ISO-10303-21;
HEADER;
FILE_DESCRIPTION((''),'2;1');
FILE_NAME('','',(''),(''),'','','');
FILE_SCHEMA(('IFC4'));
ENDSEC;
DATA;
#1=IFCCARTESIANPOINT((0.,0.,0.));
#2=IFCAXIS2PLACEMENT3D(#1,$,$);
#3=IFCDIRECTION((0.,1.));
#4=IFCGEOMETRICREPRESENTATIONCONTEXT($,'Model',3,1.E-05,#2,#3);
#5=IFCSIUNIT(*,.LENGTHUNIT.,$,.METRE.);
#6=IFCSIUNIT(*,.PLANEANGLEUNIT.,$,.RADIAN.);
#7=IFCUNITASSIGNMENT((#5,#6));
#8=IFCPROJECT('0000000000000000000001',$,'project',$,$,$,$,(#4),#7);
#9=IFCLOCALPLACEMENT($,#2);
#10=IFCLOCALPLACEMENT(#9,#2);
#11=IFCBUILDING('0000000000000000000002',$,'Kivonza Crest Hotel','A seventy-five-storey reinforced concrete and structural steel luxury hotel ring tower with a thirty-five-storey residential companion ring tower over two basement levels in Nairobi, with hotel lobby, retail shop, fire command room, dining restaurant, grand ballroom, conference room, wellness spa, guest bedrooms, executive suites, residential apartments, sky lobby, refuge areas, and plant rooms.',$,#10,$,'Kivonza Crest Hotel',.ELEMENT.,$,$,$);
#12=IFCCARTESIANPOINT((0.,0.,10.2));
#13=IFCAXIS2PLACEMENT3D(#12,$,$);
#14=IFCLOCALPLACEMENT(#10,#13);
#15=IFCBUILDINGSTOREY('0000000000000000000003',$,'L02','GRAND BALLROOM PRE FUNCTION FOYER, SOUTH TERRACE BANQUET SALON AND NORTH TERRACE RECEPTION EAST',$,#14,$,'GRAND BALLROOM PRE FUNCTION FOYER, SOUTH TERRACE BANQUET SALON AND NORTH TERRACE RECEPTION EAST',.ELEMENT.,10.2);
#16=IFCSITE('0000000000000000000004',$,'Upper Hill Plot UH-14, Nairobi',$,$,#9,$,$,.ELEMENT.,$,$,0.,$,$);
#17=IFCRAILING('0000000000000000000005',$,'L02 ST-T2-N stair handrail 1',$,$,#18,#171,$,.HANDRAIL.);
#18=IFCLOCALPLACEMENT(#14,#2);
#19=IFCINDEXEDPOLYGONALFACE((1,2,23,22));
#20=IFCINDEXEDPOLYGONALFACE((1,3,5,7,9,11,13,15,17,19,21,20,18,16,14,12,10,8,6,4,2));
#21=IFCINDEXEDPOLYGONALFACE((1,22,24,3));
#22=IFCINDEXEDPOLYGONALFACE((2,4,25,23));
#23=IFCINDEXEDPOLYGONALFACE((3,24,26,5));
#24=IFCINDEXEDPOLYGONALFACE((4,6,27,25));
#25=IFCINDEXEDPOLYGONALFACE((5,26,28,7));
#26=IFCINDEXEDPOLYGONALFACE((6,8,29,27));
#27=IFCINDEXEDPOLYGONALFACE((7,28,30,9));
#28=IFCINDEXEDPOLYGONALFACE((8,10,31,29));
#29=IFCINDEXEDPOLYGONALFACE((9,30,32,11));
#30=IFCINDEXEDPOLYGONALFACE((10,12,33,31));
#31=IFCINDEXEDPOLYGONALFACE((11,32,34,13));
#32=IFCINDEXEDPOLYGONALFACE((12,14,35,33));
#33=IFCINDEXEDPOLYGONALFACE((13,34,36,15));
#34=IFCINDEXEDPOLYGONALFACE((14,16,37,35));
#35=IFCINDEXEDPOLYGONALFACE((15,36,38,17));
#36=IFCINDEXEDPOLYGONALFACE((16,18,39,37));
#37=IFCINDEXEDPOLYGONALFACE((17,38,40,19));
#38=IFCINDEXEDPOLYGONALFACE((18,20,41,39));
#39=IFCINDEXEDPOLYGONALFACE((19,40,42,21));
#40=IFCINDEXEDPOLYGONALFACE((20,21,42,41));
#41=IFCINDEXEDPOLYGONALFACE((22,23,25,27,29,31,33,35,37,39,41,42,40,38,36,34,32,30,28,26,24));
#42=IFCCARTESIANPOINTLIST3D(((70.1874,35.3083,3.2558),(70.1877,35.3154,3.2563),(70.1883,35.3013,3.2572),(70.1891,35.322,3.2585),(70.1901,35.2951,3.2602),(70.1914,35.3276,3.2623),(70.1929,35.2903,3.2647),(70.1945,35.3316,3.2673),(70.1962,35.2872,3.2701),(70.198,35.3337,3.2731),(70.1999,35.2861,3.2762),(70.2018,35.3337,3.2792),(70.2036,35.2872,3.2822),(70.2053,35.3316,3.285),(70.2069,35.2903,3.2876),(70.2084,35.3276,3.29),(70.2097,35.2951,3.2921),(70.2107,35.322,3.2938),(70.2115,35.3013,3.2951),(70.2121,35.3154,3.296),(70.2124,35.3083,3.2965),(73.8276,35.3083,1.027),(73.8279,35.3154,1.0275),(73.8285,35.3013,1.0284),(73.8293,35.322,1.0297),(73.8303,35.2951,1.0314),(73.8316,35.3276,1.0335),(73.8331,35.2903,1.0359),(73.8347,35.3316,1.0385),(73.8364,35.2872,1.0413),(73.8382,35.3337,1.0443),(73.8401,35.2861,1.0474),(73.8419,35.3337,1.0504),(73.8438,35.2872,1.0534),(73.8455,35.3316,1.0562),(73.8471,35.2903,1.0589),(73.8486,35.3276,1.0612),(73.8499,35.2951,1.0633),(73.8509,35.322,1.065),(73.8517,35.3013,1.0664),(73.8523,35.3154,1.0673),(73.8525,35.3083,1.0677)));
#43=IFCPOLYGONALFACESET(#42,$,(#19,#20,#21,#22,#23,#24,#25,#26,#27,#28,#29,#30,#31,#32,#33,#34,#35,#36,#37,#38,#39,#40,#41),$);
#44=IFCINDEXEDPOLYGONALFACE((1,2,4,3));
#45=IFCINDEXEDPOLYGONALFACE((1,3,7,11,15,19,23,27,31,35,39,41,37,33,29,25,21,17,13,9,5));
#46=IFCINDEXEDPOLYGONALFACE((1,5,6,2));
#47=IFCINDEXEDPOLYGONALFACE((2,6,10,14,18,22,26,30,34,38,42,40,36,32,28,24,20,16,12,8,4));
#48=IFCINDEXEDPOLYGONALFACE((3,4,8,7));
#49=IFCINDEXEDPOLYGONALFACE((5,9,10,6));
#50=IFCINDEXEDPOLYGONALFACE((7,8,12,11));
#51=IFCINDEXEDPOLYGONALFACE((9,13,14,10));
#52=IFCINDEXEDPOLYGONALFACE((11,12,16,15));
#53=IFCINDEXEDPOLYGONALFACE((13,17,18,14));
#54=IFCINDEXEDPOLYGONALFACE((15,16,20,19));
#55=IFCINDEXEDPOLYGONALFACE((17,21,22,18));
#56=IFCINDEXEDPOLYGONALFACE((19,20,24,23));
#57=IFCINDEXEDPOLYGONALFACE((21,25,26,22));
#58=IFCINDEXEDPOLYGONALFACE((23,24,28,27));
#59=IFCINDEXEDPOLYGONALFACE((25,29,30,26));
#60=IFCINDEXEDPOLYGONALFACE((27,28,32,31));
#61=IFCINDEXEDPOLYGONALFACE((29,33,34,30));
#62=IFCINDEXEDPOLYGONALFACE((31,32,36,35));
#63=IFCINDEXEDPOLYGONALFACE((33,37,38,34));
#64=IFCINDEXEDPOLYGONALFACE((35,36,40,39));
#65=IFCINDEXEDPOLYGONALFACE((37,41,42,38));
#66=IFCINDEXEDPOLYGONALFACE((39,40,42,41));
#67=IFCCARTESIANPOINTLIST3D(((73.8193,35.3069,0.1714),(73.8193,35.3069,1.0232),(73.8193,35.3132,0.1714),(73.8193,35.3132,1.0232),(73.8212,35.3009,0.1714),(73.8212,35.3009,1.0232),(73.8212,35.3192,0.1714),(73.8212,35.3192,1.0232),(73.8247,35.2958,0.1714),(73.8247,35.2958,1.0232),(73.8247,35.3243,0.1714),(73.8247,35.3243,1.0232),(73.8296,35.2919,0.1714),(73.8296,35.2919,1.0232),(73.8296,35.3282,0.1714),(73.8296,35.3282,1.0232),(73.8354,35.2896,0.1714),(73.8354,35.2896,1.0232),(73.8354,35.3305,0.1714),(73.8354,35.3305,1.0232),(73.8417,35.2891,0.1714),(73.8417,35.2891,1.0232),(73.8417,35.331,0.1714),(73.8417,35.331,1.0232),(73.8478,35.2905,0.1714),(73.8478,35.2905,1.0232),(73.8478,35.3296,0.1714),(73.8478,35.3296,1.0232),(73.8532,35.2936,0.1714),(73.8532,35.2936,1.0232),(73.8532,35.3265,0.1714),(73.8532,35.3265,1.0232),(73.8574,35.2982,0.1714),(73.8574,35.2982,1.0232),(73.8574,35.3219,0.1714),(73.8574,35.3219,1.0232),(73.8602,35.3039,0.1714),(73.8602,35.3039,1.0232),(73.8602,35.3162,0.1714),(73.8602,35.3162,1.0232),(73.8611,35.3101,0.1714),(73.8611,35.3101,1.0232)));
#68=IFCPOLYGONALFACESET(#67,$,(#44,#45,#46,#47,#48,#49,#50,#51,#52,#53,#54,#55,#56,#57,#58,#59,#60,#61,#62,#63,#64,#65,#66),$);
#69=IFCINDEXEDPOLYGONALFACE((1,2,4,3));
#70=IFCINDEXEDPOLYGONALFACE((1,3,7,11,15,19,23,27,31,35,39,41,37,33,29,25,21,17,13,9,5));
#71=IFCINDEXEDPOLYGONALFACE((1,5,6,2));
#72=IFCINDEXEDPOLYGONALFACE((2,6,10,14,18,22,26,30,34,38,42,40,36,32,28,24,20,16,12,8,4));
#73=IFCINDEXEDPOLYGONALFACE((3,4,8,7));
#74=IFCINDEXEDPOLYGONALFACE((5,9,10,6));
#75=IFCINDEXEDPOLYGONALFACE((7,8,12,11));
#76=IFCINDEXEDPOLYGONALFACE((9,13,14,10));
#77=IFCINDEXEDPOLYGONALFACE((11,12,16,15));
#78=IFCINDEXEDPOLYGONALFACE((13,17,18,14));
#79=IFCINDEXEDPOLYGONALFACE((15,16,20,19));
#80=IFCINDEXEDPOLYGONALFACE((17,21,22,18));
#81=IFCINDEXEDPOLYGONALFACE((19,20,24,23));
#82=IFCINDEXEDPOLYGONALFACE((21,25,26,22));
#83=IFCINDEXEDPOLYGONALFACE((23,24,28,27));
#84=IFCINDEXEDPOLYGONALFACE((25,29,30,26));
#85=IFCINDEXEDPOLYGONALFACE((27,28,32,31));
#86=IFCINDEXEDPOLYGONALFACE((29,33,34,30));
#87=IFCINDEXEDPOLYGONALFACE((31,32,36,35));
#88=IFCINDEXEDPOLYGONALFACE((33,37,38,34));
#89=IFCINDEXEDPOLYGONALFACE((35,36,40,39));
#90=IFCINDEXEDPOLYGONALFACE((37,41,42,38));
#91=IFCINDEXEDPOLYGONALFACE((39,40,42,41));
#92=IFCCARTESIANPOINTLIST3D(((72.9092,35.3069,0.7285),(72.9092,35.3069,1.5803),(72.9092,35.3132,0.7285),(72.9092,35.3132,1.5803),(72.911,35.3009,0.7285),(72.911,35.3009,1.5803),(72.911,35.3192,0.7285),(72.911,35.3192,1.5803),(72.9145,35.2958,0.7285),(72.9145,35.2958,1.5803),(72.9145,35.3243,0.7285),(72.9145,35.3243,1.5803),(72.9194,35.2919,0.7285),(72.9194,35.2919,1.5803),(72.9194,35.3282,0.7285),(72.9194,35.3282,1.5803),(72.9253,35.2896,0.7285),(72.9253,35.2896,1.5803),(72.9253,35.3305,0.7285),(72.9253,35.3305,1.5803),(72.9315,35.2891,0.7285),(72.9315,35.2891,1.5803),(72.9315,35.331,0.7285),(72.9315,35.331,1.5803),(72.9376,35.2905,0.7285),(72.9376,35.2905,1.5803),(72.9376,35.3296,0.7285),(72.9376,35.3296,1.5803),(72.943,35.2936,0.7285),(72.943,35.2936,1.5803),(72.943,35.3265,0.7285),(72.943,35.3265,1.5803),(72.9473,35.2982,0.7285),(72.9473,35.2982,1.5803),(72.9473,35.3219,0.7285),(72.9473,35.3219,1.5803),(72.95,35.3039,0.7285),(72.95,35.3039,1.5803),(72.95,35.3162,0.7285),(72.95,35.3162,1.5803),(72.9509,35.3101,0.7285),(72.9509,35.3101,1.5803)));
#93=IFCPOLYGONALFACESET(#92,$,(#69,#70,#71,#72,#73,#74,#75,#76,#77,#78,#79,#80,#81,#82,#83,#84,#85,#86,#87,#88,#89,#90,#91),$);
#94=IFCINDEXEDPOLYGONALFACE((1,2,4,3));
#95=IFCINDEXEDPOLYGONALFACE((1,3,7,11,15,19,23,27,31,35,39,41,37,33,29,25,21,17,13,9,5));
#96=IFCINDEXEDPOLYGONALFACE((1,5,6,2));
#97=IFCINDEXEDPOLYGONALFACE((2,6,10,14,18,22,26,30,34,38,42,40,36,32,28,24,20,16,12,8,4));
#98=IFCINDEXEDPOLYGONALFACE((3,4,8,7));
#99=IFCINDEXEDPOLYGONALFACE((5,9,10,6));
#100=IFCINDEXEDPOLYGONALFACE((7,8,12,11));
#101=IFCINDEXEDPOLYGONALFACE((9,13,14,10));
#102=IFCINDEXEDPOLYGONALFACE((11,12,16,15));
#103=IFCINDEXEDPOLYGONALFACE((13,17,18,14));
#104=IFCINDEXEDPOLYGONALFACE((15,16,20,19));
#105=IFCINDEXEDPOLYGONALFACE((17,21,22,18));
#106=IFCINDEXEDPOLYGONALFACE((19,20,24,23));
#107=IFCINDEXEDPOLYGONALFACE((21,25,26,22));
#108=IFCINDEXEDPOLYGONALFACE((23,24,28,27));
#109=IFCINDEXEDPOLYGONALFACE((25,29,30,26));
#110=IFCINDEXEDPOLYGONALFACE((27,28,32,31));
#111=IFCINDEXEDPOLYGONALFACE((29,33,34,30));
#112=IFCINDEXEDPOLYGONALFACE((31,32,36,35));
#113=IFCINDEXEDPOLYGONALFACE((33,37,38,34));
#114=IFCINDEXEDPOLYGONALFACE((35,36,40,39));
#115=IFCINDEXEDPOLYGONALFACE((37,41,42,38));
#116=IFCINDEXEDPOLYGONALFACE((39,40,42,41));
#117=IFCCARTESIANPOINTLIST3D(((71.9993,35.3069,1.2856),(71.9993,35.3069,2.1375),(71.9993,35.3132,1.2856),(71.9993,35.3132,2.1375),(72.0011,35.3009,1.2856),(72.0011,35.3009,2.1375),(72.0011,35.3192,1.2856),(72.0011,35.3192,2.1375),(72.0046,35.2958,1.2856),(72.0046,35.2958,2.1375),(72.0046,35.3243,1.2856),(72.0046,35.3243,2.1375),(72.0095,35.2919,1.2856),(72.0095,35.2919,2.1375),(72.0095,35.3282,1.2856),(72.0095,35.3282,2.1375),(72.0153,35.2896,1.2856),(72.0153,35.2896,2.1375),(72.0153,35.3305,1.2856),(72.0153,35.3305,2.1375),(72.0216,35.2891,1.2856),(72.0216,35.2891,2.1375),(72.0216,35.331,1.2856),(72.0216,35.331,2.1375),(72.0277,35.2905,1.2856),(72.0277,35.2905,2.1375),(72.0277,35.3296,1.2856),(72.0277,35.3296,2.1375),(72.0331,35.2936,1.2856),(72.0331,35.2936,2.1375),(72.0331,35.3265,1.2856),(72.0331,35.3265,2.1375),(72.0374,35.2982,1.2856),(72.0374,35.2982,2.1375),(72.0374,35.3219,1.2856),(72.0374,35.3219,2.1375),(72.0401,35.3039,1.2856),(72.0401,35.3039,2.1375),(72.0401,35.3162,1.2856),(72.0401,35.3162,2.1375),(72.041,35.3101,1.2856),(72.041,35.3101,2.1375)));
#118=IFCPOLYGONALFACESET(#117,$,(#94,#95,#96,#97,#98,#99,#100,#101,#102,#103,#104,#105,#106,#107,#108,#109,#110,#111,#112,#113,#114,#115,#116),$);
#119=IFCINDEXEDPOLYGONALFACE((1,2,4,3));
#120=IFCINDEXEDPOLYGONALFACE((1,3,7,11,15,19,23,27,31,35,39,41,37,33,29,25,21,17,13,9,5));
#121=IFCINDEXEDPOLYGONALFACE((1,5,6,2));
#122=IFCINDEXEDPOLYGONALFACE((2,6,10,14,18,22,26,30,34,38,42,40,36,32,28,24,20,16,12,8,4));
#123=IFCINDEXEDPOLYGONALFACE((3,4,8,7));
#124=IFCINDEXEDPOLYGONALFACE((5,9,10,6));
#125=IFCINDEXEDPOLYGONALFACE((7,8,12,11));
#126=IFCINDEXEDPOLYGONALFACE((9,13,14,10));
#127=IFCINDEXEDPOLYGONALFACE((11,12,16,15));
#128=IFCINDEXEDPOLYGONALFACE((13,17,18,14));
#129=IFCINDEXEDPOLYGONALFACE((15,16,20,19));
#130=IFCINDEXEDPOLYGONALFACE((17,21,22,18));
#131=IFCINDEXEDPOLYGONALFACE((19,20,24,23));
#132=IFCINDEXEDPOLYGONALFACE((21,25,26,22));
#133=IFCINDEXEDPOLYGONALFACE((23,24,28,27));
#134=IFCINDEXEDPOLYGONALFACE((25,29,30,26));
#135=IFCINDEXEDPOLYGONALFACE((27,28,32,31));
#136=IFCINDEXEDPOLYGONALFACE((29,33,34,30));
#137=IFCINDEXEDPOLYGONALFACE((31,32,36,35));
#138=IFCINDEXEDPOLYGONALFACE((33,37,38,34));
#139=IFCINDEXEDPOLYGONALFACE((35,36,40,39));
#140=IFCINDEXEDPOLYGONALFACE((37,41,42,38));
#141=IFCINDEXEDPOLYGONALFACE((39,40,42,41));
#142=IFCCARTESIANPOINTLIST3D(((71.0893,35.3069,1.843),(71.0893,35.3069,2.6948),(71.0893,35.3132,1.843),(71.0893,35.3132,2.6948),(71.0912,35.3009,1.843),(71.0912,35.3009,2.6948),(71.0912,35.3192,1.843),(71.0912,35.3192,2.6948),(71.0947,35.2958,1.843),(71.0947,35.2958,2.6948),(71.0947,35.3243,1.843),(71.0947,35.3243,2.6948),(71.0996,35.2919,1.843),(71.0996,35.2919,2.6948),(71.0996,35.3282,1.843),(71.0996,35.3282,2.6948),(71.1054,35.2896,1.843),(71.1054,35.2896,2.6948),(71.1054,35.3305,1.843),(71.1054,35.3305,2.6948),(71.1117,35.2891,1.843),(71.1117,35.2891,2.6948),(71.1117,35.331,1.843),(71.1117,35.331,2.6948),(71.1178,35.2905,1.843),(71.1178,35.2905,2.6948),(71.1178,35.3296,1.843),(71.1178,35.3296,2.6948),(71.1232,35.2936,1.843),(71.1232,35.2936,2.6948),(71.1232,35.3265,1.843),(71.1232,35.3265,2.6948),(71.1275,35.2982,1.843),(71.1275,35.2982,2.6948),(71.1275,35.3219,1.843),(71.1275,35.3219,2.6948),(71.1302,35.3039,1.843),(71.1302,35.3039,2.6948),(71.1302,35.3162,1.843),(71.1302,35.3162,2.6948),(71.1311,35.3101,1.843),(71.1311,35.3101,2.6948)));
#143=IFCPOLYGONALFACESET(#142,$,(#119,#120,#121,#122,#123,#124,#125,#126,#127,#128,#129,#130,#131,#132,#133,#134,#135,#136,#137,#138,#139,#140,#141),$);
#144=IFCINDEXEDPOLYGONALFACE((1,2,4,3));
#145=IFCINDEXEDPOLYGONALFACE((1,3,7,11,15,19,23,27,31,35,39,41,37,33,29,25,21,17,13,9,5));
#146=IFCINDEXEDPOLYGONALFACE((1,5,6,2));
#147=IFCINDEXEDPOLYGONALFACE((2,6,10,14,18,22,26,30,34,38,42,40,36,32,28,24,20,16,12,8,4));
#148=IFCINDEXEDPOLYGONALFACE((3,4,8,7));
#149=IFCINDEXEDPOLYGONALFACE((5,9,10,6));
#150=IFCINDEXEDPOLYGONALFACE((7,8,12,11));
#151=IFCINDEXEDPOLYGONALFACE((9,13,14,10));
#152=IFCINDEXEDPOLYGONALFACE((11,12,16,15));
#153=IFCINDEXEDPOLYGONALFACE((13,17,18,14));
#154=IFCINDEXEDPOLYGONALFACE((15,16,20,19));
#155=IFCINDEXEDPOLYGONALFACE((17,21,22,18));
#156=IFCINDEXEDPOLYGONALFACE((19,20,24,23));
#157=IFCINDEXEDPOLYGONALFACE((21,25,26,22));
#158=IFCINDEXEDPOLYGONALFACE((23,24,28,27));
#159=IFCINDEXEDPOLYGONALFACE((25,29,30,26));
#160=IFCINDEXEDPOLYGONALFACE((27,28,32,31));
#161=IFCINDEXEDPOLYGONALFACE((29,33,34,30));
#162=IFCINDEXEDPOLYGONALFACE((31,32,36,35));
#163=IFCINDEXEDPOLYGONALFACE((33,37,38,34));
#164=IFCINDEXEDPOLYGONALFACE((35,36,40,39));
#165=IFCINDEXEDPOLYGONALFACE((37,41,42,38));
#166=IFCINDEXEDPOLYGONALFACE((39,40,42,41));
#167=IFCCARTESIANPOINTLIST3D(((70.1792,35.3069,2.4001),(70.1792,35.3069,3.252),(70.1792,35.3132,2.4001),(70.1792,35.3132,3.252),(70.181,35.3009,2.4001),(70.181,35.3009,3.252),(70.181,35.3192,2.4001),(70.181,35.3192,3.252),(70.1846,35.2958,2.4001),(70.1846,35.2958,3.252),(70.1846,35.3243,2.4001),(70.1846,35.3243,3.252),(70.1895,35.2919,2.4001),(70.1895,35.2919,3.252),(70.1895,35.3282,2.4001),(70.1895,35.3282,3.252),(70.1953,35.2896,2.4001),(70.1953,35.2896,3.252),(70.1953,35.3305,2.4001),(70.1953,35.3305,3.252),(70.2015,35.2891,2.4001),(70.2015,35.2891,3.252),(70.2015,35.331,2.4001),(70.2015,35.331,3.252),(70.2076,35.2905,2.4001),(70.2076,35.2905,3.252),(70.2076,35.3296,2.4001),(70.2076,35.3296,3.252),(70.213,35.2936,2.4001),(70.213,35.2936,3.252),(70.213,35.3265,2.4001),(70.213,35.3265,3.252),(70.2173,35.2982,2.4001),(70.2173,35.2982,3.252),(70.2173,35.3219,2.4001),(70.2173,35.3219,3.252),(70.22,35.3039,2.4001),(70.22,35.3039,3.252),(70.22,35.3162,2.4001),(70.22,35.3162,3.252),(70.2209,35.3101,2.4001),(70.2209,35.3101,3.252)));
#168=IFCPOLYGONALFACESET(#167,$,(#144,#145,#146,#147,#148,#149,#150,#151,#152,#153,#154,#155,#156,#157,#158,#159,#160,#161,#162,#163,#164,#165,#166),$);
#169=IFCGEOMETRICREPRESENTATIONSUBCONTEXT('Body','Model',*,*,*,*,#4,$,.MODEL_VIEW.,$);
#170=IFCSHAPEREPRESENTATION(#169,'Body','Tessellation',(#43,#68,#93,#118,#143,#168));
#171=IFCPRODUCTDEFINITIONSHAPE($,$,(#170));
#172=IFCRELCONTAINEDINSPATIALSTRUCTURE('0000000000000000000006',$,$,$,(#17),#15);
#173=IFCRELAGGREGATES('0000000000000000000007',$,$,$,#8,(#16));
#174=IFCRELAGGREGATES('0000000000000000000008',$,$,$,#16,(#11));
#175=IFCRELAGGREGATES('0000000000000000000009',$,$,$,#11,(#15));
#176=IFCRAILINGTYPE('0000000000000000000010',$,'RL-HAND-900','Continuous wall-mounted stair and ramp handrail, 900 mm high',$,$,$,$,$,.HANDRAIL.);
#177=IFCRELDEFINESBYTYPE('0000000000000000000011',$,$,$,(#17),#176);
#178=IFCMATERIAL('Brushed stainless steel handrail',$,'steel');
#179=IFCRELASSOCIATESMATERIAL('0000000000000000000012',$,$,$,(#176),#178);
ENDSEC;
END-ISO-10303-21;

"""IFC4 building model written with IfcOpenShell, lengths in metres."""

from ifc_helpers import new_model, si_unit, direction, frame, origin, origin_2d, place, context, subcontext, project, spatial, circle, extrude, material, type_object, element, save


model = new_model("IFC4")

# Units and contexts
model_context = context("Model", 3, precision=1e-05, world=origin(), true_north=direction((0.0, 1.0)))
body_context = subcontext(model_context, "Body", "Model", "MODEL_VIEW")
ifc_project = project(units=[si_unit("LENGTHUNIT", "METRE"), si_unit("PLANEANGLEUNIT", "RADIAN")], contexts=[model_context])

# Site, building, storey
site_placement = place(None, origin())
site = spatial("IfcSite", under=ifc_project, at=site_placement, Name="Upper Hill Plot UH-14, Nairobi", CompositionType="ELEMENT", RefElevation=0.0)
building_placement = place(site_placement, origin())
building = spatial("IfcBuilding", under=site, at=building_placement, Name="Kivonza Crest Hotel", Description="A seventy-five-storey reinforced concrete and structural steel luxury hotel ring tower with a thirty-five-storey residential companion ring tower over two basement levels in Nairobi, with hotel lobby, retail shop, fire command room, dining restaurant, grand ballroom, conference room, wellness spa, guest bedrooms, executive suites, residential apartments, sky lobby, refuge areas, and plant rooms.", LongName="Kivonza Crest Hotel", CompositionType="ELEMENT")
storey_placement = place(building_placement, frame((0.0, 0.0, 10.2)))
storey = spatial("IfcBuildingStorey", under=building, at=storey_placement, Name="L02", Description="GRAND BALLROOM PRE FUNCTION FOYER, SOUTH TERRACE BANQUET SALON AND NORTH TERRACE RECEPTION EAST", LongName="GRAND BALLROOM PRE FUNCTION FOYER, SOUTH TERRACE BANQUET SALON AND NORTH TERRACE RECEPTION EAST", CompositionType="ELEMENT", Elevation=10.2)

# Railing
ifc_material_1 = material(Name="Brushed stainless steel handrail", Category="steel")
railing_type_1 = type_object("IfcRailingType", Name="RL-HAND-900", Description="Continuous wall-mounted stair and ramp handrail, 900 mm high", PredefinedType="HANDRAIL", material=ifc_material_1)
railing_1_placement = place(storey_placement, frame((73.8401, 35.3101, 0.1714)))
element("IfcRailing", 1, at=railing_1_placement, inside=storey, type_object=railing_type_1, Name="L02 ST-T2-N stair handrail 1", PredefinedType="HANDRAIL", context=body_context, shape_type="SweptSolid", body=[
    extrude(circle(Radius=0.0239, at=origin_2d()), frame((0.0, 0.0, 0.876), z_axis=(-0.85284, 0.0, 0.522172), x_axis=(0.0, -1.0, 0.0)), (0.0, 0.0, 1.0), 4.2683),
    extrude(circle(Radius=0.021, at=origin_2d()), origin(), (0.0, 0.0, 1.0), 0.8518),
    extrude(circle(Radius=0.021, at=origin_2d()), frame((-0.9102, 0.0, 0.5571)), (0.0, 0.0, 1.0), 0.8518),
    extrude(circle(Radius=0.021, at=origin_2d()), frame((-1.8201, 0.0, 1.1143)), (0.0, 0.0, 1.0), 0.8518),
    extrude(circle(Radius=0.021, at=origin_2d()), frame((-2.73, 0.0, 1.6716)), (0.0, 0.0, 1.0), 0.8518),
    extrude(circle(Radius=0.021, at=origin_2d()), frame((-3.6401, 0.0, 2.2288)), (0.0, 0.0, 1.0), 0.8518),
])

save(model, "model.ifc")
